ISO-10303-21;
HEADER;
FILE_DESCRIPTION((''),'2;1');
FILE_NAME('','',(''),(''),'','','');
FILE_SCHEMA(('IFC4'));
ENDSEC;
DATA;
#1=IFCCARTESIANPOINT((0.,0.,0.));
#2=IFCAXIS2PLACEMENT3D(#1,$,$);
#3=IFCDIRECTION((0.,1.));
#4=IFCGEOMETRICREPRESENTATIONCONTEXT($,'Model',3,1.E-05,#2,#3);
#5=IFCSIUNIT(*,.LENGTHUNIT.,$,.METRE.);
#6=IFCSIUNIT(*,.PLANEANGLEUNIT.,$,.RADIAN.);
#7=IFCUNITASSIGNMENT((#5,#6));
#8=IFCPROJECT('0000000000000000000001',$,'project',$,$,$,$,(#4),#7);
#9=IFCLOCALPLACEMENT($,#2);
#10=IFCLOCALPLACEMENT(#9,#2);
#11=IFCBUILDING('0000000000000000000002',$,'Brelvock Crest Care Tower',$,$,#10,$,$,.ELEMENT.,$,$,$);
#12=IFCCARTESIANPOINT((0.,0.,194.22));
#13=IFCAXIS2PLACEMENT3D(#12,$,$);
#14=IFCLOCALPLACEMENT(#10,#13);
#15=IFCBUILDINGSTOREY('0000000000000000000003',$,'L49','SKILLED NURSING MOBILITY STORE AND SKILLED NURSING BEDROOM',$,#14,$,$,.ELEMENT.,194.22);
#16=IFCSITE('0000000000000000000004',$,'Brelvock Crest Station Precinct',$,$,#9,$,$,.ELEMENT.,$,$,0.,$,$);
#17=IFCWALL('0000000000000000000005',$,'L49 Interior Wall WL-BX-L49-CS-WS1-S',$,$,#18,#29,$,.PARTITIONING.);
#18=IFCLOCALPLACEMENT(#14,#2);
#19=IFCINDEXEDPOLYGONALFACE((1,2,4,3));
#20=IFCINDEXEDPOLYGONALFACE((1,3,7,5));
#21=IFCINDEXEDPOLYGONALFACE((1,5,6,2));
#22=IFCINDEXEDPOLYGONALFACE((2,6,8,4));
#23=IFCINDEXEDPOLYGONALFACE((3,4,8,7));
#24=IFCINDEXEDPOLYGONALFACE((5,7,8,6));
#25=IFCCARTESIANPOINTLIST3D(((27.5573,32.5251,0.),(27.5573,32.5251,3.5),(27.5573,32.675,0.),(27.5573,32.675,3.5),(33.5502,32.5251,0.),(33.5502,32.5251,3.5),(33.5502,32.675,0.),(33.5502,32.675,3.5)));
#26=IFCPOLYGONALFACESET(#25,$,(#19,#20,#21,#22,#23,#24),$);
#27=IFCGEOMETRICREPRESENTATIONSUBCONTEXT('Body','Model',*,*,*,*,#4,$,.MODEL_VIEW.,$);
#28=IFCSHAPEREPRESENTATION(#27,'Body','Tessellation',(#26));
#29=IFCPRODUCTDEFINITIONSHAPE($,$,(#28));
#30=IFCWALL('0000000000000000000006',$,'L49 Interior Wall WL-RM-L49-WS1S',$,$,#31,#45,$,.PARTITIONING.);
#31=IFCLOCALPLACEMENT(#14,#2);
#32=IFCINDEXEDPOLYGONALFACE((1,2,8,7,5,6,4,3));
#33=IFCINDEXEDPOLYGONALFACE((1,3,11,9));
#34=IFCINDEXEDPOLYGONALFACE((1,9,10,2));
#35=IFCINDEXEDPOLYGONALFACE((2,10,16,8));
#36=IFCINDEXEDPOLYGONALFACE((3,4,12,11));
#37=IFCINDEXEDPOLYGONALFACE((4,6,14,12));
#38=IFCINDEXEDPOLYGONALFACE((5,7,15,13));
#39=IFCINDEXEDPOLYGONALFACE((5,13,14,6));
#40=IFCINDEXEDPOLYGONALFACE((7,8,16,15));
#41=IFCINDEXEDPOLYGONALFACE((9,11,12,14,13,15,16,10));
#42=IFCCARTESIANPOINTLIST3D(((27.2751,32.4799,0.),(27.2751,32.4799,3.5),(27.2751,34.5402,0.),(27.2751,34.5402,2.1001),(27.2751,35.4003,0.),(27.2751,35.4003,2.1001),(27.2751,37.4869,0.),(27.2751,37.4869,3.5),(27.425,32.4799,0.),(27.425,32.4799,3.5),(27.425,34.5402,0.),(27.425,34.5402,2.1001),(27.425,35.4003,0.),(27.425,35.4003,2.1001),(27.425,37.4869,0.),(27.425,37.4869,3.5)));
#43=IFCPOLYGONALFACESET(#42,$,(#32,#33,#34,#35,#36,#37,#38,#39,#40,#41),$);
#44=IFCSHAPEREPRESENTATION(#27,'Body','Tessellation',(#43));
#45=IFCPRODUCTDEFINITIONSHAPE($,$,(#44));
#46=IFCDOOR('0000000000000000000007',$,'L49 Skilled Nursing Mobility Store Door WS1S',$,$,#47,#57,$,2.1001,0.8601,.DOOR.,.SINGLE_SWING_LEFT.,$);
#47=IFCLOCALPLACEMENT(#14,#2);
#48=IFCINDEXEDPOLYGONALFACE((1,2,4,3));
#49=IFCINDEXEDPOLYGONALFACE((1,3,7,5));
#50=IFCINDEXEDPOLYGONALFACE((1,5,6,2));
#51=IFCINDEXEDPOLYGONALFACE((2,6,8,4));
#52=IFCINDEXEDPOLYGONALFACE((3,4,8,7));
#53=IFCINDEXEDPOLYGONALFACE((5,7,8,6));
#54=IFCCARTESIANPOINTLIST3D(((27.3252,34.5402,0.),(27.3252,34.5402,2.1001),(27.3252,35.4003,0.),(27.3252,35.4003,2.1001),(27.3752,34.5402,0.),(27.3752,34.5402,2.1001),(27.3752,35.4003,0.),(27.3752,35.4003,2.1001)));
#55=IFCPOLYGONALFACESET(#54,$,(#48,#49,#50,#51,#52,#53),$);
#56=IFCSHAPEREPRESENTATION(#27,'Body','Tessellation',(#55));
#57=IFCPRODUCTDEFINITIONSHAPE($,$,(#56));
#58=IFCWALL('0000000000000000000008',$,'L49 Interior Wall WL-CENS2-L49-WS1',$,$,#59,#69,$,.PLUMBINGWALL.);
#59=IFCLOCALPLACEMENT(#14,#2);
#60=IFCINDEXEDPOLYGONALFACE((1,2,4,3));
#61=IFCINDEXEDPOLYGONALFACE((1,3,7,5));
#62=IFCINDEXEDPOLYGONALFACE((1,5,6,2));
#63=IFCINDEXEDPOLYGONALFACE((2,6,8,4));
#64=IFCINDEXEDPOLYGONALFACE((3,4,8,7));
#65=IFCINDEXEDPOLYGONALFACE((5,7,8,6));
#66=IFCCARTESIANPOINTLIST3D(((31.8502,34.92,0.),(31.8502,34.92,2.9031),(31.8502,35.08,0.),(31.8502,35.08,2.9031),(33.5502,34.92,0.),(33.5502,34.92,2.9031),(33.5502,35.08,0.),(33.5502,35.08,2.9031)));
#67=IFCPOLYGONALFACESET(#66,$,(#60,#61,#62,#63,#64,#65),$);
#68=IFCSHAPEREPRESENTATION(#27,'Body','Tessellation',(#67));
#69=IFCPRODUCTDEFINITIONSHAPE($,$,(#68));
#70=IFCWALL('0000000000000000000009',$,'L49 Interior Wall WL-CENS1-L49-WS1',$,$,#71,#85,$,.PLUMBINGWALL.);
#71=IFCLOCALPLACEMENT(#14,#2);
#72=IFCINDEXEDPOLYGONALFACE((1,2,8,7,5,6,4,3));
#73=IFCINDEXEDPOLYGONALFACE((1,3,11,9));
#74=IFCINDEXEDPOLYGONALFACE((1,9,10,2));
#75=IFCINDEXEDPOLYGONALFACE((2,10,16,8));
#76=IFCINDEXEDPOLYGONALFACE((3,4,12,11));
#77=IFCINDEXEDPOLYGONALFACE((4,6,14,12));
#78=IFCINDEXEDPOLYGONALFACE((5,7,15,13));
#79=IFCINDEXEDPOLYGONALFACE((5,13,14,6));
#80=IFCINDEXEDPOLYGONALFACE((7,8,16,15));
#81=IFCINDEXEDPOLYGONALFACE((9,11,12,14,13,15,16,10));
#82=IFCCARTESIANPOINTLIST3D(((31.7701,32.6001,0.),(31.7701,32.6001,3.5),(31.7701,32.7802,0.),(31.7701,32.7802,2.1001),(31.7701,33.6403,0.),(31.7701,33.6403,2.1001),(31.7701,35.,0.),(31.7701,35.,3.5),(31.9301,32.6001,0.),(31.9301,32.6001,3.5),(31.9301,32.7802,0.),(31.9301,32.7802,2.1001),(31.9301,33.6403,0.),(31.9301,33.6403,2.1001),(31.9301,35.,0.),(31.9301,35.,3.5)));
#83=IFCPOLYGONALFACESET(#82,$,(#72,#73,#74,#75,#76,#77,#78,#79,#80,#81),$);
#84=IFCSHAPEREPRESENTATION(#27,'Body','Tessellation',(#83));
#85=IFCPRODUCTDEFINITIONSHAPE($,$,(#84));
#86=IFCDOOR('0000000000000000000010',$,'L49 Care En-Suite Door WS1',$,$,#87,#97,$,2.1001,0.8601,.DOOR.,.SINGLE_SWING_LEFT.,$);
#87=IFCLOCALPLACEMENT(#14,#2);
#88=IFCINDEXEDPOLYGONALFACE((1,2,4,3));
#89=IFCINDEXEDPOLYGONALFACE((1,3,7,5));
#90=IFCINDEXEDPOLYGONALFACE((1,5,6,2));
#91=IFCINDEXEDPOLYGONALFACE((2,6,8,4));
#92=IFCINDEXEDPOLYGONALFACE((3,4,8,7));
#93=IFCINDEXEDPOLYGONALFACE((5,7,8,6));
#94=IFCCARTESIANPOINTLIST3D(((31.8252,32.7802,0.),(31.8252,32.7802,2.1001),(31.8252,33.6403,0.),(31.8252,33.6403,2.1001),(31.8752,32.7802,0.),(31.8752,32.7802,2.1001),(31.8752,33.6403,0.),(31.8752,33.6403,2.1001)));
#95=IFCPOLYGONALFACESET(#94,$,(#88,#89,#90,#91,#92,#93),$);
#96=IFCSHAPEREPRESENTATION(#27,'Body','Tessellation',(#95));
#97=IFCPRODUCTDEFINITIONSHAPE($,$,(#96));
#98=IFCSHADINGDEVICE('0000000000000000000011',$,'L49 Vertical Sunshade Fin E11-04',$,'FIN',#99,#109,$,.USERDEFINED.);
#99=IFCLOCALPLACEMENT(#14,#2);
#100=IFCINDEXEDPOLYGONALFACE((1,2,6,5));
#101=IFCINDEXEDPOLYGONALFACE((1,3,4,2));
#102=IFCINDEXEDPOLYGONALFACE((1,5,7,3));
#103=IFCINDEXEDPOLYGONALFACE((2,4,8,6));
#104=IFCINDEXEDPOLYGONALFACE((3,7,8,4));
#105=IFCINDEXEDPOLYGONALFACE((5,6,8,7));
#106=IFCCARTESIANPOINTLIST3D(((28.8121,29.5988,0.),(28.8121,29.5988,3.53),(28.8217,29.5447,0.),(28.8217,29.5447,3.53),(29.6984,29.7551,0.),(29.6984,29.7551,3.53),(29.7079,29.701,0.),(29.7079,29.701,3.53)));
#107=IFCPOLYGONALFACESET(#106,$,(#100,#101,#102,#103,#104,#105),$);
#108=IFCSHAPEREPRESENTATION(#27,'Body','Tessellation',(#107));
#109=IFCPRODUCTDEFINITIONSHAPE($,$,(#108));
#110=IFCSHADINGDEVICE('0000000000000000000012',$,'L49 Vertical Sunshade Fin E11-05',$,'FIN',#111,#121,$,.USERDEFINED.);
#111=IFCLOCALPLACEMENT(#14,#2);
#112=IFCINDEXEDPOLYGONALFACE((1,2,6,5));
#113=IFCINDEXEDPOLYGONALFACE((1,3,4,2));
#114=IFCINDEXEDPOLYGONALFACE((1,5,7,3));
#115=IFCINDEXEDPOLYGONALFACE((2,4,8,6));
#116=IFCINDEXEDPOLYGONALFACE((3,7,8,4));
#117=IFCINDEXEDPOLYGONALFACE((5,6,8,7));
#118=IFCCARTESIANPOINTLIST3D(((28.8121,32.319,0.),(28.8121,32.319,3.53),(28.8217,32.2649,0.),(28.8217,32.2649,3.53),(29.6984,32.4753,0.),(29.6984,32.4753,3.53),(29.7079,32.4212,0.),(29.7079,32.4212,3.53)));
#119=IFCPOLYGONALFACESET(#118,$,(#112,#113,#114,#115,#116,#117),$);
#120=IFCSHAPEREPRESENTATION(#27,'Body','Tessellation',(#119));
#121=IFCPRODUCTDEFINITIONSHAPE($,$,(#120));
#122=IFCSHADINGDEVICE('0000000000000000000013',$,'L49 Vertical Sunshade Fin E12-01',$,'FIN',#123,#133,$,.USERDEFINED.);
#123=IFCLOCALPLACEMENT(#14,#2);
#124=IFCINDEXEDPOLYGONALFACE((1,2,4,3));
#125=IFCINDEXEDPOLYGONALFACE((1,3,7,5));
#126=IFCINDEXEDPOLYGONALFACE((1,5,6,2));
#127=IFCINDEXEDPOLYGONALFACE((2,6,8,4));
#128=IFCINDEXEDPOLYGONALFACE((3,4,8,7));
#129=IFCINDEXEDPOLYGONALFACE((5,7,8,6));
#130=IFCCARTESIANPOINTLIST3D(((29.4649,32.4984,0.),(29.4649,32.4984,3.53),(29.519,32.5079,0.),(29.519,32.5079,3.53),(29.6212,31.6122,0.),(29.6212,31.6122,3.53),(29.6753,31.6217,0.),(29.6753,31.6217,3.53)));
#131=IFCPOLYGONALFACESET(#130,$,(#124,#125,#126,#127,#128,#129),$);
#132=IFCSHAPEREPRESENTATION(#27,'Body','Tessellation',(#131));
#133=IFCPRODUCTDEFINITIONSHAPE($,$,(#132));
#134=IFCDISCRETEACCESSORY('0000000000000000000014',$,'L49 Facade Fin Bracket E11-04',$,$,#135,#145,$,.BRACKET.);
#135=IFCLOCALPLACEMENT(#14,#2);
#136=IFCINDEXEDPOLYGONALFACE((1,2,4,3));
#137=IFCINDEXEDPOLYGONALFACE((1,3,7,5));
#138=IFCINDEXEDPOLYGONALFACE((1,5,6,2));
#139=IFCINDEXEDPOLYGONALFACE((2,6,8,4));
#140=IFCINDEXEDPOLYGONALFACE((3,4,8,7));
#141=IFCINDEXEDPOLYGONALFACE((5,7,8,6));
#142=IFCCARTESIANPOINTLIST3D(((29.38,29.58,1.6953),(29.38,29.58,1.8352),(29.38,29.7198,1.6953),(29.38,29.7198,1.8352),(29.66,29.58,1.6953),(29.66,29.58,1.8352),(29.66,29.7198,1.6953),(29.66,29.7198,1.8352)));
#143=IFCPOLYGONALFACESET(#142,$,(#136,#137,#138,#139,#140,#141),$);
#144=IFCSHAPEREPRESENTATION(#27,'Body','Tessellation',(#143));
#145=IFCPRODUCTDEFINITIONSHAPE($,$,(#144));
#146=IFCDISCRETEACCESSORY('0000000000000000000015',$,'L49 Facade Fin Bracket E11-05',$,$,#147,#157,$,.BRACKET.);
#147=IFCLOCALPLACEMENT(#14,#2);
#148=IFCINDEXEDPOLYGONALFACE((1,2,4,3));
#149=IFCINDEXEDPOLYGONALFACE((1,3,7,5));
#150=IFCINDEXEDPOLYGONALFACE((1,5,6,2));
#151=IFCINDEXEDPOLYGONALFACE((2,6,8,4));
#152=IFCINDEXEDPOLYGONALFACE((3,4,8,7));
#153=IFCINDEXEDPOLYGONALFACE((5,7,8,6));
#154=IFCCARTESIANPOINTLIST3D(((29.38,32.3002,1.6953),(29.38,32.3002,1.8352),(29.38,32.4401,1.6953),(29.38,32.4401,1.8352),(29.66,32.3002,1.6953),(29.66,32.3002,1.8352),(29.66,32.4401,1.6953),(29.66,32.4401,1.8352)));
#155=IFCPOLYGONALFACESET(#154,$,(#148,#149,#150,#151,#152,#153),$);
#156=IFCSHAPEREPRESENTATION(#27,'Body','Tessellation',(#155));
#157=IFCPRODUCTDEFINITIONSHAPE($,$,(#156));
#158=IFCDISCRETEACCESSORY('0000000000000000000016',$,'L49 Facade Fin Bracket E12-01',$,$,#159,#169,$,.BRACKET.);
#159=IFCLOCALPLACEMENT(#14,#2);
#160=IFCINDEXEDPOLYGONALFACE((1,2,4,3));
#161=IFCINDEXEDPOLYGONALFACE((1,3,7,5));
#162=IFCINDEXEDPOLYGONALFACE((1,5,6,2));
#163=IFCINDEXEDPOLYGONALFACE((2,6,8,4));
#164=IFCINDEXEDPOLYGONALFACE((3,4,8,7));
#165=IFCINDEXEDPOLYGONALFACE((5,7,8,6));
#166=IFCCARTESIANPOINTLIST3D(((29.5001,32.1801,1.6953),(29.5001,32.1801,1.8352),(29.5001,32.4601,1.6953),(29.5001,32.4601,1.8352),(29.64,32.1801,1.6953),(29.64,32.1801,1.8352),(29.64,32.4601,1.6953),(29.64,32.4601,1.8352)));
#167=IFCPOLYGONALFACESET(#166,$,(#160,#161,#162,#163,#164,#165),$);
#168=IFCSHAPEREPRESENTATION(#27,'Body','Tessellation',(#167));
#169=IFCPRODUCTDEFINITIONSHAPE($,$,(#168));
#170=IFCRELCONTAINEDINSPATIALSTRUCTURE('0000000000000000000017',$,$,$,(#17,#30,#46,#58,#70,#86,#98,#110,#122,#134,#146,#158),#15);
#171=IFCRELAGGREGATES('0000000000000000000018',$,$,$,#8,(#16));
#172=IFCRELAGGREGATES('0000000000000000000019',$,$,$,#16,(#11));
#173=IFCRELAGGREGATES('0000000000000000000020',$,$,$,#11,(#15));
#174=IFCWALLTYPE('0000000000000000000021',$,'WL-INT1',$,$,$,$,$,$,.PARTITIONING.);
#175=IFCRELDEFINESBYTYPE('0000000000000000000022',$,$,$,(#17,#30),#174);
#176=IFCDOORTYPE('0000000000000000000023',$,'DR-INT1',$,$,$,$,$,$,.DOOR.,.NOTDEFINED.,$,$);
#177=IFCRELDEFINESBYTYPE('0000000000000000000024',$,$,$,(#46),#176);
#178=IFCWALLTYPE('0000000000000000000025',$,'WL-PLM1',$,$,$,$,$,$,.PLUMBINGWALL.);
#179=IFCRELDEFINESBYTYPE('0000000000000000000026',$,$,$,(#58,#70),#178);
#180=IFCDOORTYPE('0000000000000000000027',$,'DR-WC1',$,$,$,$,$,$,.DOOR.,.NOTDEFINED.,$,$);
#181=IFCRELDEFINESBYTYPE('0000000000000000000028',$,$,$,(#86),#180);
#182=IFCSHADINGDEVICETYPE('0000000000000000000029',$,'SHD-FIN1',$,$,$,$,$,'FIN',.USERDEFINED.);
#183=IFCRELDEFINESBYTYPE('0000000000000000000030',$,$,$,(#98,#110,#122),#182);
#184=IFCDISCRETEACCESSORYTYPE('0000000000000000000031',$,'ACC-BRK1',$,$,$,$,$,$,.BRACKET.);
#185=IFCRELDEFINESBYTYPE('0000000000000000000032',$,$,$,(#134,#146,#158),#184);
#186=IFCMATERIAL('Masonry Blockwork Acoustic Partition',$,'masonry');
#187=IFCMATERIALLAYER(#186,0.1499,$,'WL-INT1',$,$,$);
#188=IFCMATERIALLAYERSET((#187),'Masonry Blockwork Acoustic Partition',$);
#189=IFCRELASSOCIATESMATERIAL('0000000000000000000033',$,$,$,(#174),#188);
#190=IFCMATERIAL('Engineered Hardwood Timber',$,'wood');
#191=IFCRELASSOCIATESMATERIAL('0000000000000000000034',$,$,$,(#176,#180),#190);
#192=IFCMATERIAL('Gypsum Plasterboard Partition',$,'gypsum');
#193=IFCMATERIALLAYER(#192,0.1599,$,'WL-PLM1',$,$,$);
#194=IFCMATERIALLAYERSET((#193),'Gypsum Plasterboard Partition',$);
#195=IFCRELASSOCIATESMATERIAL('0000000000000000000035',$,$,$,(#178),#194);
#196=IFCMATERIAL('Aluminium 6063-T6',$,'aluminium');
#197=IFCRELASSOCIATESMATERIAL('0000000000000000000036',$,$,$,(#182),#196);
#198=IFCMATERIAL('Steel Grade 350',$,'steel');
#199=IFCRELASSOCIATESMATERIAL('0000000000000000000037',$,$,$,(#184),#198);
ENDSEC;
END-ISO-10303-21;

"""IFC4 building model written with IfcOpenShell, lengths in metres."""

from ifc_helpers import new_model, si_unit, direction, frame, frame_2d, origin, origin_2d, place, context, subcontext, project, spatial, rectangle, extrude, source, transform, mapped, material, layer, layer_set, material_profile, profile_set, type_object, element, fill, save


model = new_model("IFC4")

# Units and contexts
model_context = context("Model", 3, precision=1e-05, world=origin(), true_north=direction((0.0, 1.0)))
body_context = subcontext(model_context, "Body", "Model", "MODEL_VIEW")
ifc_project = project(units=[si_unit("LENGTHUNIT", "METRE"), si_unit("PLANEANGLEUNIT", "RADIAN")], contexts=[model_context])

# Site, building, storey
site_placement = place(None, origin())
site = spatial("IfcSite", under=ifc_project, at=site_placement, Name="Brelvock Crest Station Precinct", CompositionType="ELEMENT", RefElevation=0.0)
building_placement = place(site_placement, origin())
building = spatial("IfcBuilding", under=site, at=building_placement, Name="Brelvock Crest Care Tower", CompositionType="ELEMENT")
storey_placement = place(building_placement, frame((0.0, 0.0, 194.22)))
storey = spatial("IfcBuildingStorey", under=building, at=storey_placement, Name="L49", Description="SKILLED NURSING MOBILITY STORE AND SKILLED NURSING BEDROOM", CompositionType="ELEMENT", Elevation=194.22)

# Shared definitions
ifc_material_1 = material(Name="Steel Grade 350", Category="steel")

# Shared definitions
ifc_material_2 = material(Name="Aluminium 6063-T6", Category="aluminium")

# Wall
ifc_material_3 = material(Name="Masonry Blockwork Acoustic Partition", Category="masonry")
ifc_layer_1 = layer(ifc_material_3, 0.1499, Name="WL-INT1")
ifc_layer_set_1 = layer_set([ifc_layer_1], Name="Masonry Blockwork Acoustic Partition")
wall_type_1 = type_object("IfcWallType", Name="WL-INT1", PredefinedType="PARTITIONING", material=ifc_layer_set_1)
wall_1_placement = place(storey_placement, frame((27.5571, 32.6001, 0.0), z_axis=(0.0, 0.0, 1.0), x_axis=(1.0, 0.0, 0.0)))
element("IfcWall", 1, at=wall_1_placement, inside=storey, type_object=wall_type_1, Name="L49 Interior Wall WL-BX-L49-CS-WS1-S", PredefinedType="PARTITIONING", context=body_context, shape_type="SweptSolid", body=[
    extrude(rectangle(XDim=5.9929, YDim=0.1499, at=frame_2d((2.9966, 0.0))), origin(), (0.0, 0.0, 1.0), 3.5),
])

# Wall, opening, door
wall_2_placement = place(storey_placement, frame((27.3501, 32.48, 0.0), z_axis=(0.0, 0.0, 1.0), x_axis=(0.0, 1.0, 0.0)))
wall_2 = element("IfcWall", 2, at=wall_2_placement, inside=storey, type_object=wall_type_1, Name="L49 Interior Wall WL-RM-L49-WS1S", PredefinedType="PARTITIONING", context=body_context, shape_type="SweptSolid", body=[
    extrude(rectangle(XDim=5.0071, YDim=0.1499, at=frame_2d((2.5034, 0.0))), origin(), (0.0, 0.0, 1.0), 3.5),
])
opening_1_placement = place(wall_2_placement, frame((2.0601, 0.0, 0.0)))
opening_1 = element("IfcOpeningElement", 3, at=opening_1_placement, cuts=wall_2, PredefinedType="OPENING", context=body_context, shape_type="SweptSolid", body=[
    extrude(rectangle(XDim=0.8601, YDim=2.1001, at=origin_2d()), frame((0.4302, 0.085, 1.05), z_axis=(0.0, -1.0, 0.0), x_axis=(1.0, 0.0, 0.0)), (0.0, 0.0, 1.0), 0.1699),
])
ifc_material_4 = material(Name="Engineered Hardwood Timber", Category="wood")
door_type_1 = type_object("IfcDoorType", Name="DR-INT1", OperationType="NOTDEFINED", PredefinedType="DOOR", material=ifc_material_4)
shared_shape_1 = source(origin(), body_context, "Body", "SweptSolid", [
    extrude(rectangle(XDim=0.8601, YDim=2.1001, at=origin_2d()), frame((0.4302, 0.0249, 1.05), z_axis=(0.0, -1.0, 0.0), x_axis=(1.0, 0.0, 0.0)), (0.0, 0.0, 1.0), 0.05),
])
door_1_placement = place(opening_1_placement, origin())
door_1 = element("IfcDoor", 4, at=door_1_placement, inside=storey, type_object=door_type_1, Name="L49 Skilled Nursing Mobility Store Door WS1S", OperationType="SINGLE_SWING_LEFT", OverallHeight=2.1001, OverallWidth=0.8601, PredefinedType="DOOR", context=body_context, shape_type="MappedRepresentation", body=[
    mapped(shared_shape_1, transform((0.0, 0.0, 0.0), x_axis=(1.0, 0.0, 0.0), y_axis=(0.0, 1.0, 0.0), z_axis=(0.0, 0.0, 1.0), scale=1.0)),
])
fill(opening_1, door_1)

# Wall
ifc_material_5 = material(Name="Gypsum Plasterboard Partition", Category="gypsum")
ifc_layer_2 = layer(ifc_material_5, 0.1599, Name="WL-PLM1")
ifc_layer_set_2 = layer_set([ifc_layer_2], Name="Gypsum Plasterboard Partition")
wall_type_2 = type_object("IfcWallType", Name="WL-PLM1", PredefinedType="PLUMBINGWALL", material=ifc_layer_set_2)
wall_3_placement = place(storey_placement, frame((31.8501, 35.0, 0.0), z_axis=(0.0, 0.0, 1.0), x_axis=(1.0, 0.0, 0.0)))
element("IfcWall", 5, at=wall_3_placement, inside=storey, type_object=wall_type_2, Name="L49 Interior Wall WL-CENS2-L49-WS1", PredefinedType="PLUMBINGWALL", context=body_context, shape_type="SweptSolid", body=[
    extrude(rectangle(XDim=1.7, YDim=0.1599, at=frame_2d((0.8501, 0.0))), origin(), (0.0, 0.0, 1.0), 2.9031),
])

# Wall, opening, door
wall_4_placement = place(storey_placement, frame((31.8501, 32.6001, 0.0), z_axis=(0.0, 0.0, 1.0), x_axis=(0.0, 1.0, 0.0)))
wall_4 = element("IfcWall", 6, at=wall_4_placement, inside=storey, type_object=wall_type_2, Name="L49 Interior Wall WL-CENS1-L49-WS1", PredefinedType="PLUMBINGWALL", context=body_context, shape_type="SweptSolid", body=[
    extrude(rectangle(XDim=2.3999, YDim=0.1599, at=frame_2d((1.2, 0.0))), origin(), (0.0, 0.0, 1.0), 3.5),
])
opening_2_placement = place(wall_4_placement, frame((0.1799, 0.0, 0.0)))
opening_2 = element("IfcOpeningElement", 7, at=opening_2_placement, cuts=wall_4, PredefinedType="OPENING", context=body_context, shape_type="SweptSolid", body=[
    extrude(rectangle(XDim=0.8601, YDim=2.1001, at=origin_2d()), frame((0.4302, 0.0898, 1.05), z_axis=(0.0, -1.0, 0.0), x_axis=(1.0, 0.0, 0.0)), (0.0, 0.0, 1.0), 0.1799),
])
door_type_2 = type_object("IfcDoorType", Name="DR-WC1", OperationType="NOTDEFINED", PredefinedType="DOOR", material=ifc_material_4)
shared_shape_2 = source(origin(), body_context, "Body", "SweptSolid", [
    extrude(rectangle(XDim=0.8601, YDim=2.1001, at=origin_2d()), frame((0.4302, 0.0249, 1.05), z_axis=(0.0, -1.0, 0.0), x_axis=(1.0, 0.0, 0.0)), (0.0, 0.0, 1.0), 0.05),
])
door_2_placement = place(opening_2_placement, origin())
door_2 = element("IfcDoor", 8, at=door_2_placement, inside=storey, type_object=door_type_2, Name="L49 Care En-Suite Door WS1", OperationType="SINGLE_SWING_LEFT", OverallHeight=2.1001, OverallWidth=0.8601, PredefinedType="DOOR", context=body_context, shape_type="MappedRepresentation", body=[
    mapped(shared_shape_2, transform((0.0, 0.0, 0.0), x_axis=(1.0, 0.0, 0.0), y_axis=(0.0, 1.0, 0.0), z_axis=(0.0, 0.0, 1.0), scale=1.0)),
])
fill(opening_2, door_2)

# Shading devices
ifc_material_profile_1 = material_profile(ifc_material_2, rectangle(XDim=0.0549, YDim=0.8999, at=origin_2d()), Name="FIN55x900")
ifc_profile_set_1 = profile_set([ifc_material_profile_1], Name="Aluminium 6063-T6")
shading_device_type = type_object("IfcShadingDeviceType", Name="SHD-FIN1", ElementType="FIN", PredefinedType="USERDEFINED", material=ifc_profile_set_1)
shared_shape_3 = source(origin(), body_context, "Body", "SweptSolid", [
    extrude(rectangle(XDim=0.0549, YDim=0.8999, at=origin_2d()), origin(), (0.0, 0.0, 1.0), 3.53),
])
for number, where, z_axis, x_axis, name in (
    (9, (29.26, 29.6499, 0.0), (0.0, 0.0, 1.0), (-0.173648, 0.984808, 0.0), "L49 Vertical Sunshade Fin E11-04"),
    (10, (29.26, 32.3701, 0.0), (0.0, 0.0, 1.0), (-0.173648, 0.984808, 0.0), "L49 Vertical Sunshade Fin E11-05"),
    (11, (29.5701, 32.0601, 0.0), (0.0, 0.0, 1.0), (-0.984808, -0.173648, 0.0), "L49 Vertical Sunshade Fin E12-01"),
):
    element("IfcShadingDevice", number, at=place(storey_placement, frame(where, z_axis=z_axis, x_axis=x_axis)), inside=storey, type_object=shading_device_type, Name=name, ObjectType="FIN", PredefinedType="USERDEFINED", context=body_context, shape_type="MappedRepresentation", body=[
        mapped(shared_shape_3, transform((0.0, 0.0, 0.0), x_axis=(1.0, 0.0, 0.0), y_axis=(0.0, 1.0, 0.0), z_axis=(0.0, 0.0, 1.0), scale=1.0)),
    ])

# Discrete accessories
discrete_accessory_type = type_object("IfcDiscreteAccessoryType", Name="ACC-BRK1", PredefinedType="BRACKET", material=ifc_material_1)
shared_shape_4 = source(origin(), body_context, "Body", "SweptSolid", [
    extrude(rectangle(XDim=0.28, YDim=0.1399, at=origin_2d()), origin(), (0.0, 0.0, 1.0), 0.1399),
])
for number, where, z_axis, x_axis, name in (
    (12, (29.52, 29.6499, 1.6953), (0.0, 0.0, 1.0), (-1.0, 0.0, 0.0), "L49 Facade Fin Bracket E11-04"),
    (13, (29.52, 32.3701, 1.6953), (0.0, 0.0, 1.0), (-1.0, 0.0, 0.0), "L49 Facade Fin Bracket E11-05"),
    (14, (29.5701, 32.3201, 1.6953), (0.0, 0.0, 1.0), (0.0, -1.0, 0.0), "L49 Facade Fin Bracket E12-01"),
):
    element("IfcDiscreteAccessory", number, at=place(storey_placement, frame(where, z_axis=z_axis, x_axis=x_axis)), inside=storey, type_object=discrete_accessory_type, Name=name, PredefinedType="BRACKET", context=body_context, shape_type="MappedRepresentation", body=[
        mapped(shared_shape_4, transform((0.0, 0.0, 0.0), x_axis=(1.0, 0.0, 0.0), y_axis=(0.0, 1.0, 0.0), z_axis=(0.0, 0.0, 1.0), scale=1.0)),
    ])

save(model, "model.ifc")
